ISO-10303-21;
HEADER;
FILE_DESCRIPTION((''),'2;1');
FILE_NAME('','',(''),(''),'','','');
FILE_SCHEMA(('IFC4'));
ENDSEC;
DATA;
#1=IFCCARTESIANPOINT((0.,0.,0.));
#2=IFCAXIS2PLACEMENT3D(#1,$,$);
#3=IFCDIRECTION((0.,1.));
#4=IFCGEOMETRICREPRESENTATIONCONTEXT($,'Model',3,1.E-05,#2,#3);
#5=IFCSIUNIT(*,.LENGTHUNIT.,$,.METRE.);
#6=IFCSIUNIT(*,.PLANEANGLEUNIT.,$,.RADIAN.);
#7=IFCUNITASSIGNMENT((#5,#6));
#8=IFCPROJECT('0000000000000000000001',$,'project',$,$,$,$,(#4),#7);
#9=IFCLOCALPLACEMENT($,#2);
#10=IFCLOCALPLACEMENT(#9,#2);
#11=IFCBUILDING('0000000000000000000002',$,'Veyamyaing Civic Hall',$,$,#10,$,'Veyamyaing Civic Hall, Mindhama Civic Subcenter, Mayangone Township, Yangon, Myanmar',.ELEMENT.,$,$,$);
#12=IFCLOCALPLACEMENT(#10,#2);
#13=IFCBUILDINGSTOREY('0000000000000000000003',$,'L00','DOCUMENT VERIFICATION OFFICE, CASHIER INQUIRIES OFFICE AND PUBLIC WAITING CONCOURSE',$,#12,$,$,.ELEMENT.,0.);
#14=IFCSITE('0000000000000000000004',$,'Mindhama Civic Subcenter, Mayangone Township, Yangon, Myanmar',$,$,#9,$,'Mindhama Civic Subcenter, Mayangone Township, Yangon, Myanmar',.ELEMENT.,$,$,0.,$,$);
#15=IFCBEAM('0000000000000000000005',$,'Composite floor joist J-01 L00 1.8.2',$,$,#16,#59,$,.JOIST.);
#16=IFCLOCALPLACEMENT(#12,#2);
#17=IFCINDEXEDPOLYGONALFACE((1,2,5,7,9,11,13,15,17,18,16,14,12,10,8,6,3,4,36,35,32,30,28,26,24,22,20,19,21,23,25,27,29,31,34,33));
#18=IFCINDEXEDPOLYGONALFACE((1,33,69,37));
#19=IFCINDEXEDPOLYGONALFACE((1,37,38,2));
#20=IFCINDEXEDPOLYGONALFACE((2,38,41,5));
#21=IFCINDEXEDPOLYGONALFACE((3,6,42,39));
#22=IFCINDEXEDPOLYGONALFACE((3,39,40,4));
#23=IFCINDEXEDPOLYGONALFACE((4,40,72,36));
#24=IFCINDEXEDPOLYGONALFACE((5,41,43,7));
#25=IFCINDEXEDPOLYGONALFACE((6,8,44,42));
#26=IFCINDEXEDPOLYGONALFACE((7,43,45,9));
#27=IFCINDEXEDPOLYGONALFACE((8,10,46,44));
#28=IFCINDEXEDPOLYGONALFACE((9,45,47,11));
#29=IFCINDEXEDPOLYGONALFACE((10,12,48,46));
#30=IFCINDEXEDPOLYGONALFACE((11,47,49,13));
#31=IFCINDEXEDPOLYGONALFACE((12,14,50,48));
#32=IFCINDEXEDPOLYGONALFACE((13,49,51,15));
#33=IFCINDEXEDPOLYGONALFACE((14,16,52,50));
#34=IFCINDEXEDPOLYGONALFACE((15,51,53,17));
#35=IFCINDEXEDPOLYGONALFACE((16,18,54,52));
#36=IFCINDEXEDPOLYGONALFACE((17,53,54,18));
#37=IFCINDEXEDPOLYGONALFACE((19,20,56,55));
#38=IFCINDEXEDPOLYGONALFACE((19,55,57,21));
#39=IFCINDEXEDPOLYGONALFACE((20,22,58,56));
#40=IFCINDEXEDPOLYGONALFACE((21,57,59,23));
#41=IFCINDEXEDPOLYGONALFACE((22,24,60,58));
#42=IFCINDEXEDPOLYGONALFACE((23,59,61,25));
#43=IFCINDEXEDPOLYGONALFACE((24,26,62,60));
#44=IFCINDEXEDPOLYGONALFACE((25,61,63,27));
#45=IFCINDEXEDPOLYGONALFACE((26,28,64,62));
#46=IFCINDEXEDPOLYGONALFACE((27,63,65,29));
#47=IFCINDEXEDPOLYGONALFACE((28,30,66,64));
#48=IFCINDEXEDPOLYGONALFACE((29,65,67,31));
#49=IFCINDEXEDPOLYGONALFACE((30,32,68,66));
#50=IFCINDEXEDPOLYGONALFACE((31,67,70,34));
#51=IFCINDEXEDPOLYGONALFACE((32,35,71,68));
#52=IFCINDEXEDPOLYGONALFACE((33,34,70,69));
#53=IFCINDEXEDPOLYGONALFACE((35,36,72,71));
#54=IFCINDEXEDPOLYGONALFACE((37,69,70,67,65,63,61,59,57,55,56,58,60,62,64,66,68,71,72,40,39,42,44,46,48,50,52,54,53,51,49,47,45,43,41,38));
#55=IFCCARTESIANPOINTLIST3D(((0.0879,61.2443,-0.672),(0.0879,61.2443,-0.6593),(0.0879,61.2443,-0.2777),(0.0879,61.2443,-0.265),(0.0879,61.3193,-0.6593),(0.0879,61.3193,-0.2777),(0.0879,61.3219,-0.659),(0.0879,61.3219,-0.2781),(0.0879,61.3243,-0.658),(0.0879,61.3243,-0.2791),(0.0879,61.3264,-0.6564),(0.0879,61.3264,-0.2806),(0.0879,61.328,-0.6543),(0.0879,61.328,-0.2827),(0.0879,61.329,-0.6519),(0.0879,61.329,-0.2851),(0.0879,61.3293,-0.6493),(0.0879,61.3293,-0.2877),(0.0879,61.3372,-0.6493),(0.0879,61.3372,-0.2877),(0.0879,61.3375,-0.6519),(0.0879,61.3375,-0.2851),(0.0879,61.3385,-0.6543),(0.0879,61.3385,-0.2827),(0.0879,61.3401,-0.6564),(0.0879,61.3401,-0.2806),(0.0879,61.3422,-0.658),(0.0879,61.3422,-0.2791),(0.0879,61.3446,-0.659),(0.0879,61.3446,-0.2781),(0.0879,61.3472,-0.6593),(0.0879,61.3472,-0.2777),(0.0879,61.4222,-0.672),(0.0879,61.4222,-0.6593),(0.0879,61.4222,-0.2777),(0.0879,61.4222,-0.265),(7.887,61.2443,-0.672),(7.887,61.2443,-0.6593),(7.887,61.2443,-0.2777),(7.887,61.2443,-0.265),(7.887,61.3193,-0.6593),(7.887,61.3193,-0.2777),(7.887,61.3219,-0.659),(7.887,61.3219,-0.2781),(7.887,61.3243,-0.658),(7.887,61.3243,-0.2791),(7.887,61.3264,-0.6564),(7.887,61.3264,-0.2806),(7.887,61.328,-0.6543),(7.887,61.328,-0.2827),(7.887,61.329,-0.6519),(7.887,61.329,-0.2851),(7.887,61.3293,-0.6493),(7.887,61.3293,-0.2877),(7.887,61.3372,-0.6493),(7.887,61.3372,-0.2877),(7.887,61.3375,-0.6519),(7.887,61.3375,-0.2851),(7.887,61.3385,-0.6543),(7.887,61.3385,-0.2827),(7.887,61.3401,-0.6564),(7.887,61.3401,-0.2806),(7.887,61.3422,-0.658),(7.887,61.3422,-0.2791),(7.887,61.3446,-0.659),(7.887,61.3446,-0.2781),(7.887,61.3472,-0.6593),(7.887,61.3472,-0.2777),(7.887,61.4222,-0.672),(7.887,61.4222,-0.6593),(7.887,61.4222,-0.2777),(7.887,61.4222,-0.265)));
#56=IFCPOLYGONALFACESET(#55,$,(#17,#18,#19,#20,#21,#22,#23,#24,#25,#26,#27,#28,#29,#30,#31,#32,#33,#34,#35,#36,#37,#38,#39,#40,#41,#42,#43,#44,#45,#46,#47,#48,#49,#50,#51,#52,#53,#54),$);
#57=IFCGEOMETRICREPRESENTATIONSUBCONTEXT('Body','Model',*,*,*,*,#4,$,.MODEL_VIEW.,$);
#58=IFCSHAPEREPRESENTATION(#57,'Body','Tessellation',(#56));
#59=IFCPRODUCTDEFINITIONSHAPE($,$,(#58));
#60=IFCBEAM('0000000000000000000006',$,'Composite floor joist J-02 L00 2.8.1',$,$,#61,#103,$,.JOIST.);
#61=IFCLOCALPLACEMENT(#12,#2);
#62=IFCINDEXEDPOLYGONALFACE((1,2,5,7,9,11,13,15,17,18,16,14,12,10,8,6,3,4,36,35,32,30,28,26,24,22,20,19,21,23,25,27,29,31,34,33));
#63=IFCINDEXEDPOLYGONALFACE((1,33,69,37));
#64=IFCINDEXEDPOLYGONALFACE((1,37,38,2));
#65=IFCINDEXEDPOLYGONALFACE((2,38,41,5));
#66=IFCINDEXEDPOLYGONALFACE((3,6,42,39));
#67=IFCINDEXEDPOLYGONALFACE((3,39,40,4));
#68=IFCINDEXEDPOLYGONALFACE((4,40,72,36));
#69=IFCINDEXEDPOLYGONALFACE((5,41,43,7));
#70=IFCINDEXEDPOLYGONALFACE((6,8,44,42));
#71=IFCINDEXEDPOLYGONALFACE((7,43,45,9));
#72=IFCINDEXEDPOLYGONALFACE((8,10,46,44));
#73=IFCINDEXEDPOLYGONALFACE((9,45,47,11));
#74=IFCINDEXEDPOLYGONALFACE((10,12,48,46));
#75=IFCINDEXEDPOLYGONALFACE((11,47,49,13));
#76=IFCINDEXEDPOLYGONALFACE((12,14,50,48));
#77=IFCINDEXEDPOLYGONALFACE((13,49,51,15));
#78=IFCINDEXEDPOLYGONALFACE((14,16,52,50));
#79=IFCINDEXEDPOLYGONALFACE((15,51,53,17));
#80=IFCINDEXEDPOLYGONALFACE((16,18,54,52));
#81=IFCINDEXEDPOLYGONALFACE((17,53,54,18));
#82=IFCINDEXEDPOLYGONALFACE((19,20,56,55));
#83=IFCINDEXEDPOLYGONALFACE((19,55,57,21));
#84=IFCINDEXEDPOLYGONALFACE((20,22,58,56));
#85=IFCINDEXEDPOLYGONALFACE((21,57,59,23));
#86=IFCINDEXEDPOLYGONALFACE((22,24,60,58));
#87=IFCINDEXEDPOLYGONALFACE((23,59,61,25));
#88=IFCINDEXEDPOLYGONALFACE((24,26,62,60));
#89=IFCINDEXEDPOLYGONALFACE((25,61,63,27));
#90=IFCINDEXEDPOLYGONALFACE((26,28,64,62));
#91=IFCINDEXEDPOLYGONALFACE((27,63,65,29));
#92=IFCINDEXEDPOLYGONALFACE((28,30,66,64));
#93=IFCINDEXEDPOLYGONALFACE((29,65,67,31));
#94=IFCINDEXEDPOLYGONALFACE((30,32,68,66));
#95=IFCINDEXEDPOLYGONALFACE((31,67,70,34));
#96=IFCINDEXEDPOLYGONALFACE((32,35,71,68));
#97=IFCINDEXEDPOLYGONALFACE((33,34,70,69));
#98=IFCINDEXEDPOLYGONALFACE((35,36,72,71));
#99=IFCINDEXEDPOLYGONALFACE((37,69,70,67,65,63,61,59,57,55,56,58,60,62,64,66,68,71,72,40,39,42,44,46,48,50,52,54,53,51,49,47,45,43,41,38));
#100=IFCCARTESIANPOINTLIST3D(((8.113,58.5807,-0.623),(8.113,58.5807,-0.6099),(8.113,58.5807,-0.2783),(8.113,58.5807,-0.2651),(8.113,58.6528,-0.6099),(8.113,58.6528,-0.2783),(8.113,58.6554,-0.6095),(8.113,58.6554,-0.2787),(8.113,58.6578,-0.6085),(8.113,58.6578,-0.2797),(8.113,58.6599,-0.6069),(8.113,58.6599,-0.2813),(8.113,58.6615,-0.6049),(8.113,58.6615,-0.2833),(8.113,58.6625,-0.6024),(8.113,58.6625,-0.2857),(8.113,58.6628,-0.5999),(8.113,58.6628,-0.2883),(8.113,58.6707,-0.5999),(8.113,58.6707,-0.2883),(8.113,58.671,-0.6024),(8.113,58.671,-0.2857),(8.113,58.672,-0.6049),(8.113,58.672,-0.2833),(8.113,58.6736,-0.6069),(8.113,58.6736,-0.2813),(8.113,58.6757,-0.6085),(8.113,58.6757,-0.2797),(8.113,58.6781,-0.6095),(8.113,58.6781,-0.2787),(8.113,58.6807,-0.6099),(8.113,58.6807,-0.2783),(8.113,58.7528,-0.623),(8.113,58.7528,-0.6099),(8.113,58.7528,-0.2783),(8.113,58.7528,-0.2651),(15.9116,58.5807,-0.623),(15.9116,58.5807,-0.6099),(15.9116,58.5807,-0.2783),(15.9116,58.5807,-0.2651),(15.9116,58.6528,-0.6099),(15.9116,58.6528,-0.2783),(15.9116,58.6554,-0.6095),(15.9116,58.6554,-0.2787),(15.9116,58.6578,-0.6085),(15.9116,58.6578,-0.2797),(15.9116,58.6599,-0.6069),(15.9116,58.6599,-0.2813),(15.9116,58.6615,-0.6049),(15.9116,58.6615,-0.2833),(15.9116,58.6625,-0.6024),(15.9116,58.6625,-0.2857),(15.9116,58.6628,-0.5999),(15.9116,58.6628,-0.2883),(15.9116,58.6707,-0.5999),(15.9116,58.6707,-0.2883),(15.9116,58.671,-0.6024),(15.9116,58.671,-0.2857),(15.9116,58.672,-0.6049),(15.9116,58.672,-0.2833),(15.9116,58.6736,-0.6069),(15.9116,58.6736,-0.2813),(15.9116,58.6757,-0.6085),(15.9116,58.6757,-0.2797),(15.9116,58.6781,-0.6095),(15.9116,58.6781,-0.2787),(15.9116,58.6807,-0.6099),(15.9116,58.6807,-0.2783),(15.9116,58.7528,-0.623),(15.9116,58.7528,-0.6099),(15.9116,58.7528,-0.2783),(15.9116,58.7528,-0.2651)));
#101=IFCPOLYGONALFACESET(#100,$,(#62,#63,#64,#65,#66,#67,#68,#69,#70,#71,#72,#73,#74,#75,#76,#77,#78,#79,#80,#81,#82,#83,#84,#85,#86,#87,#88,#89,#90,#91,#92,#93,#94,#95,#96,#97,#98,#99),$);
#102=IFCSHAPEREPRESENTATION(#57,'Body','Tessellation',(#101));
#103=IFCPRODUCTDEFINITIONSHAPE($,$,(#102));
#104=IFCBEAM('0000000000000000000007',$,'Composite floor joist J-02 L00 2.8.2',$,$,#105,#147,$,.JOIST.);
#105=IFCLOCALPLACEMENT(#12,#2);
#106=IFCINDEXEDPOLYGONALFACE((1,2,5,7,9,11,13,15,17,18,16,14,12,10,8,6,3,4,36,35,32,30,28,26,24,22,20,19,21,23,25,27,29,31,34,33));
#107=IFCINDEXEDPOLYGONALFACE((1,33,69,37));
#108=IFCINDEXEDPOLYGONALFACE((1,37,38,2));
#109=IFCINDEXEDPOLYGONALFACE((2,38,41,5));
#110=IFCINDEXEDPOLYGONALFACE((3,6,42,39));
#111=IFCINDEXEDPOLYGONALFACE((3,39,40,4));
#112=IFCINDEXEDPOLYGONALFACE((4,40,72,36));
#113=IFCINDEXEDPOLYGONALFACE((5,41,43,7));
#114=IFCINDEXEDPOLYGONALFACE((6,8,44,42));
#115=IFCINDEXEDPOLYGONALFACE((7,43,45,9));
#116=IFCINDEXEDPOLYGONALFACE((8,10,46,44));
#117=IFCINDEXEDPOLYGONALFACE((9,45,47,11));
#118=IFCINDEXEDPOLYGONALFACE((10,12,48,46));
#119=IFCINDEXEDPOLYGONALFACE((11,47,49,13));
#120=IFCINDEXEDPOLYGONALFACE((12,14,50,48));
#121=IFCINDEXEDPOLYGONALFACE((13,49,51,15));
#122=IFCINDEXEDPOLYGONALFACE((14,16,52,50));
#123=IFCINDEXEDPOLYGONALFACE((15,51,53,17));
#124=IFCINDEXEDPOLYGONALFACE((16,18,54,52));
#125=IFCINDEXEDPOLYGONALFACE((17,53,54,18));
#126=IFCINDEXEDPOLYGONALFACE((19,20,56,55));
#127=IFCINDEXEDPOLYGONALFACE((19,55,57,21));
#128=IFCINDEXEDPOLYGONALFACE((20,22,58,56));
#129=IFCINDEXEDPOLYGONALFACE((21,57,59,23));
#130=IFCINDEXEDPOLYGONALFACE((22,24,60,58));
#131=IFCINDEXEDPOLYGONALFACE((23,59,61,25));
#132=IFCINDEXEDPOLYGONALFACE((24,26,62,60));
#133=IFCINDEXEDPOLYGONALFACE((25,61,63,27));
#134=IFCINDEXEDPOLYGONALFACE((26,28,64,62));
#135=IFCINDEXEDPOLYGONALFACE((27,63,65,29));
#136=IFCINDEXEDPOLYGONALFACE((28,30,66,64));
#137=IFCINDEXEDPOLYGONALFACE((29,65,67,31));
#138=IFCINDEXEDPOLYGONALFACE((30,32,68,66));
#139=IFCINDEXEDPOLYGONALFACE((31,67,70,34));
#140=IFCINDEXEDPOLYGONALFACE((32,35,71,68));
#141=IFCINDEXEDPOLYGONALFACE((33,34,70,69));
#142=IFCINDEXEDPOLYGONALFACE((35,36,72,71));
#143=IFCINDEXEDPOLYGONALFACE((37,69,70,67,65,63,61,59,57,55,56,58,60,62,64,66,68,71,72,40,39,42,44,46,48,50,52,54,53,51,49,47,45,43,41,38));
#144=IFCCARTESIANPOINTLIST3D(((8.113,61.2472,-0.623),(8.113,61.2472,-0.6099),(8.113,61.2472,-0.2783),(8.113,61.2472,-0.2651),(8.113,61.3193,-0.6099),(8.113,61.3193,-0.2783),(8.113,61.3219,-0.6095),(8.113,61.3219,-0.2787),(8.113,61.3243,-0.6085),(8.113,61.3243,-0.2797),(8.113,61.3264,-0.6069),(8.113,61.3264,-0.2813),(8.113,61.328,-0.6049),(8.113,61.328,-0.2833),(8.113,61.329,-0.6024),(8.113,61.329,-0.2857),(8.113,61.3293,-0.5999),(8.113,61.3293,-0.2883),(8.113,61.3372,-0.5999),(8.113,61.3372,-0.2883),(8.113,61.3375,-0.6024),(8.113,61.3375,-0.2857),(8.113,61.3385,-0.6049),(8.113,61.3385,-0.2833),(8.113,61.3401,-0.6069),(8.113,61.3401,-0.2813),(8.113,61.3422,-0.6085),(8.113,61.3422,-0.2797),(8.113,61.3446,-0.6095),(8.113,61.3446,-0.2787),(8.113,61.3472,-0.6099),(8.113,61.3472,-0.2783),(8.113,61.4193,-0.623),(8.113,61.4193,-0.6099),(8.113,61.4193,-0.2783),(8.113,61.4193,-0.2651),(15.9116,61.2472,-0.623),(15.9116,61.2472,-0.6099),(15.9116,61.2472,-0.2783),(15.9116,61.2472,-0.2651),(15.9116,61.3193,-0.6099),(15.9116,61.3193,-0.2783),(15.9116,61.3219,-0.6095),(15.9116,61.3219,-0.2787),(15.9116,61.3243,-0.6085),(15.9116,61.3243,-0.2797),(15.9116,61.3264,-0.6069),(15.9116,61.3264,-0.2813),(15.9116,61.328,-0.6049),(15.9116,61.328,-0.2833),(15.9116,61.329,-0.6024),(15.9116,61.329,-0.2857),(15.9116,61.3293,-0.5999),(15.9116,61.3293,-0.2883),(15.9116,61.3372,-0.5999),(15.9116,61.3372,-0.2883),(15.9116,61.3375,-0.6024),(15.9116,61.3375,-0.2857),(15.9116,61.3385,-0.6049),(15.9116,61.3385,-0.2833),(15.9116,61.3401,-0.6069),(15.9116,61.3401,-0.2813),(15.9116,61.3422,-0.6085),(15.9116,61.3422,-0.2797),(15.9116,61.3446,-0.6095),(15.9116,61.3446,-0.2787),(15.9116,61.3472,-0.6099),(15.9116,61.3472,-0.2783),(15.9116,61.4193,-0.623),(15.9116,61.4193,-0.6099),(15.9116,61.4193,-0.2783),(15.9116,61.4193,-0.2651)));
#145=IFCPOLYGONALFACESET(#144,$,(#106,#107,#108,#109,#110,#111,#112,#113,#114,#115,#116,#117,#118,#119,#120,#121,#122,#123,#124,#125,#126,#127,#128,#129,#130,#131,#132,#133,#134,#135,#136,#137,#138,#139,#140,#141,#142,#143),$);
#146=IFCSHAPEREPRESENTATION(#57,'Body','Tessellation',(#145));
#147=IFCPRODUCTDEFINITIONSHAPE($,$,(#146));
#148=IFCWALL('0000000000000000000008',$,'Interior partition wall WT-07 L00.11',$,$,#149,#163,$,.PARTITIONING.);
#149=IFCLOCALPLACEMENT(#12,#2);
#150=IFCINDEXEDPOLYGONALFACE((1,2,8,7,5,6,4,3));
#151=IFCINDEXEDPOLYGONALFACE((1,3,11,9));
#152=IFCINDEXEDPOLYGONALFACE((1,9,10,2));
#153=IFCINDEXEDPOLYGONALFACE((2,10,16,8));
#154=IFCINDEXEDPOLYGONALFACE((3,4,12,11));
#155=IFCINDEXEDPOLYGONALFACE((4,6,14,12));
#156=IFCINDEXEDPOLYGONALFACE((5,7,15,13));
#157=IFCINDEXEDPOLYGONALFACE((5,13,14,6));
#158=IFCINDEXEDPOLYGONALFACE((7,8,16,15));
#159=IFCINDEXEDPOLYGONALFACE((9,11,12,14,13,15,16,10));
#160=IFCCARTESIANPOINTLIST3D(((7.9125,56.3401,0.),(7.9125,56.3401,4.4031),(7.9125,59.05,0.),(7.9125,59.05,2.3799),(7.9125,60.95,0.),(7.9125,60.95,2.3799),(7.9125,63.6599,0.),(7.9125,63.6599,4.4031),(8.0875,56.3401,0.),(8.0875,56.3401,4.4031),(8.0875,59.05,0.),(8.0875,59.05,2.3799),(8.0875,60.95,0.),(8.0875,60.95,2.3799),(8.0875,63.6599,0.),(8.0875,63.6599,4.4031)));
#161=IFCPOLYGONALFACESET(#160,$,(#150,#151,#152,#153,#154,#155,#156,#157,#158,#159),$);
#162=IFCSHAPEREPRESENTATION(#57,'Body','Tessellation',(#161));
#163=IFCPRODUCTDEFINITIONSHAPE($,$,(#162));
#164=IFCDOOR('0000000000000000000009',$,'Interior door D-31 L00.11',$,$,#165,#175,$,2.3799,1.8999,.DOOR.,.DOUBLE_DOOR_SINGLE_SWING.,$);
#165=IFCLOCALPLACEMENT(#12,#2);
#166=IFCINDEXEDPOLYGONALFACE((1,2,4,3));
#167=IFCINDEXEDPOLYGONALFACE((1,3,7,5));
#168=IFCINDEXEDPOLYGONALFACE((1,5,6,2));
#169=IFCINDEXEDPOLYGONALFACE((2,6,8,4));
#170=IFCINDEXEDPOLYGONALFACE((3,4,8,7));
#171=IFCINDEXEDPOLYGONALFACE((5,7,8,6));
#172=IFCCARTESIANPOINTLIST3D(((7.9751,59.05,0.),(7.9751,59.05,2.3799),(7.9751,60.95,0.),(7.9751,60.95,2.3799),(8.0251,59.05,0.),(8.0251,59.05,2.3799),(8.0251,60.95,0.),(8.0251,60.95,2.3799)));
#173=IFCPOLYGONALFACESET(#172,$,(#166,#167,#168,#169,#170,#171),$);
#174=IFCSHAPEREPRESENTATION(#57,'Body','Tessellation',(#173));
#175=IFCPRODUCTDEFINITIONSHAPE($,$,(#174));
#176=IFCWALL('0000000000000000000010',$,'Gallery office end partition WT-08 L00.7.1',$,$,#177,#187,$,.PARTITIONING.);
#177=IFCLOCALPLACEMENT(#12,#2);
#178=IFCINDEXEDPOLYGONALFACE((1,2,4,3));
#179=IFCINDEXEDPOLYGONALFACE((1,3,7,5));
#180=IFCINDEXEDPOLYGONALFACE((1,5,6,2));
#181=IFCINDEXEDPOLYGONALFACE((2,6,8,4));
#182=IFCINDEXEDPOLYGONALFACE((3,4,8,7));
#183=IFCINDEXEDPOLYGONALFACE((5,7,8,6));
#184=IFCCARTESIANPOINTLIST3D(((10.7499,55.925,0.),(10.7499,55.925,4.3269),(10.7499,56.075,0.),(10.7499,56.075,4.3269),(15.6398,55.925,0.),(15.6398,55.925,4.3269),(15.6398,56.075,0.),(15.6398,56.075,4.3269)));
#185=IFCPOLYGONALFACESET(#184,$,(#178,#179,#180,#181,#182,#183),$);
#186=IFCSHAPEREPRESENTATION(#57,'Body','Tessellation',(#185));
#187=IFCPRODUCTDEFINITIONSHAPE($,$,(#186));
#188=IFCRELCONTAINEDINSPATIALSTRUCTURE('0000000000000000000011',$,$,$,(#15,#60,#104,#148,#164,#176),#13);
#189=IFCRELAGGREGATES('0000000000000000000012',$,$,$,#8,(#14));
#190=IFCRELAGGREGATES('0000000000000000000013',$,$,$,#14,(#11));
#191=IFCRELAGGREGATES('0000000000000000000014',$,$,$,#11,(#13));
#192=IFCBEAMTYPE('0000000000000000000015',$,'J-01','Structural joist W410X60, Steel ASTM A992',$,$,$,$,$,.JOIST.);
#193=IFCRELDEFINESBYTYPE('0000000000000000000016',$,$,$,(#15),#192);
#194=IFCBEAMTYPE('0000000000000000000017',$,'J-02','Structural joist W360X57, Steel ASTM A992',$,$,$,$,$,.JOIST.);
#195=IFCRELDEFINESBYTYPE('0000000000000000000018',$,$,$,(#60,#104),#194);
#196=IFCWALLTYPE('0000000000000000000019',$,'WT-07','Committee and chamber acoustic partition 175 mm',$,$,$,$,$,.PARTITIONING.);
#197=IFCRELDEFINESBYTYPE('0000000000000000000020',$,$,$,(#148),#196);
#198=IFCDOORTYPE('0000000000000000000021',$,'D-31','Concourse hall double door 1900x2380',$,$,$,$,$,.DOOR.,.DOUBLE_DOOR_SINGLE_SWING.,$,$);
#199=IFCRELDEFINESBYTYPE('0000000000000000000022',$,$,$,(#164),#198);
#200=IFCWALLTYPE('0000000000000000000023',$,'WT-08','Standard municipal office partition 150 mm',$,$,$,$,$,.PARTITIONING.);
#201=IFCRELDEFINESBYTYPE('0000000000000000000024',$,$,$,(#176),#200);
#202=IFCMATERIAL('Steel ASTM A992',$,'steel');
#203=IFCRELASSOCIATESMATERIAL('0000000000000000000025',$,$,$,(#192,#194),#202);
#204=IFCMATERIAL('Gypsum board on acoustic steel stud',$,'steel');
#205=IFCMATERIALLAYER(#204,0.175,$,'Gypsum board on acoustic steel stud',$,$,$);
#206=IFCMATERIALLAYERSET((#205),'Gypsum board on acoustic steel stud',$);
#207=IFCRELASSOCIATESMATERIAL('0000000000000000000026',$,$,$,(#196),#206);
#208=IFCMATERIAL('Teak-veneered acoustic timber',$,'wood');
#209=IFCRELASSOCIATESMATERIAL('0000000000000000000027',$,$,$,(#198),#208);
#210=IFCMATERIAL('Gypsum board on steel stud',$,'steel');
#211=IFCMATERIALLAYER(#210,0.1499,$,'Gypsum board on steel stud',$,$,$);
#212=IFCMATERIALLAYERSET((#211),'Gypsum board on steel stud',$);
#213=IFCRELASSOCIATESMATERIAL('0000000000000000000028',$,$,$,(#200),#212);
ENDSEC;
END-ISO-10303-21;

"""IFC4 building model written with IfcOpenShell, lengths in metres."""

from ifc_helpers import new_model, si_unit, direction, frame, frame_2d, origin, origin_2d, place, context, subcontext, project, spatial, rectangle, i_section, extrude, material, layer, layer_set, material_profile, profile_set, type_object, element, fill, save


model = new_model("IFC4")

# Units and contexts
model_context = context("Model", 3, precision=1e-05, world=origin(), true_north=direction((0.0, 1.0)))
body_context = subcontext(model_context, "Body", "Model", "MODEL_VIEW")
ifc_project = project(units=[si_unit("LENGTHUNIT", "METRE"), si_unit("PLANEANGLEUNIT", "RADIAN")], contexts=[model_context])

# Site, building, storey
site_placement = place(None, origin())
site = spatial("IfcSite", under=ifc_project, at=site_placement, Name="Mindhama Civic Subcenter, Mayangone Township, Yangon, Myanmar", LongName="Mindhama Civic Subcenter, Mayangone Township, Yangon, Myanmar", CompositionType="ELEMENT", RefElevation=0.0)
building_placement = place(site_placement, origin())
building = spatial("IfcBuilding", under=site, at=building_placement, Name="Veyamyaing Civic Hall", LongName="Veyamyaing Civic Hall, Mindhama Civic Subcenter, Mayangone Township, Yangon, Myanmar", CompositionType="ELEMENT")
storey_placement = place(building_placement, origin())
storey = spatial("IfcBuildingStorey", under=building, at=storey_placement, Name="L00", Description="DOCUMENT VERIFICATION OFFICE, CASHIER INQUIRIES OFFICE AND PUBLIC WAITING CONCOURSE", CompositionType="ELEMENT", Elevation=0.0)

# Beams
ifc_material_1 = material(Name="Steel ASTM A992", Category="steel")
ifc_material_profile_1 = material_profile(ifc_material_1, i_section(OverallWidth=0.178, OverallDepth=0.407, WebThickness=0.0078, FlangeThickness=0.0127, FilletRadius=0.01, at=origin_2d()), Name="W410X60")
ifc_profile_set_1 = profile_set([ifc_material_profile_1], Name="Steel ASTM A992")
beam_type_1 = type_object("IfcBeamType", Name="J-01", Description="Structural joist W410X60, Steel ASTM A992", PredefinedType="JOIST", material=ifc_profile_set_1)
beam_1_placement = place(storey_placement, frame((0.0879, 61.3333, -0.4685), z_axis=(1.0, 0.0, 0.0), x_axis=(0.0, 1.0, 0.0)))
element("IfcBeam", 1, at=beam_1_placement, inside=storey, type_object=beam_type_1, Name="Composite floor joist J-01 L00 1.8.2", PredefinedType="JOIST", context=body_context, shape_type="SweptSolid", body=[
    extrude(i_section(OverallWidth=0.178, OverallDepth=0.407, WebThickness=0.0078, FlangeThickness=0.0127, FilletRadius=0.01, at=origin_2d()), origin(), (0.0, 0.0, 1.0), 7.7991),
])
ifc_material_profile_2 = material_profile(ifc_material_1, i_section(OverallWidth=0.1721, OverallDepth=0.3579, WebThickness=0.0078, FlangeThickness=0.0132, FilletRadius=0.01, at=origin_2d()), Name="W360X57")
ifc_profile_set_2 = profile_set([ifc_material_profile_2], Name="Steel ASTM A992")
beam_type_2 = type_object("IfcBeamType", Name="J-02", Description="Structural joist W360X57, Steel ASTM A992", PredefinedType="JOIST", material=ifc_profile_set_2)
for number, where, z_axis, x_axis, name in (
    (2, (8.113, 58.6667, -0.4441), (1.0, 0.0, 0.0), (0.0, 1.0, 0.0), "Composite floor joist J-02 L00 2.8.1"),
    (3, (8.113, 61.3333, -0.4441), (1.0, 0.0, 0.0), (0.0, 1.0, 0.0), "Composite floor joist J-02 L00 2.8.2"),
):
    element("IfcBeam", number, at=place(storey_placement, frame(where, z_axis=z_axis, x_axis=x_axis)), inside=storey, type_object=beam_type_2, Name=name, PredefinedType="JOIST", context=body_context, shape_type="SweptSolid", body=[
        extrude(i_section(OverallWidth=0.1721, OverallDepth=0.3579, WebThickness=0.0078, FlangeThickness=0.0132, FilletRadius=0.01, at=origin_2d()), origin(), (0.0, 0.0, 1.0), 7.7986),
    ])

# Wall, opening, door
ifc_material_2 = material(Name="Gypsum board on acoustic steel stud", Category="steel")
ifc_layer_1 = layer(ifc_material_2, 0.175, Name="Gypsum board on acoustic steel stud")
ifc_layer_set_1 = layer_set([ifc_layer_1], Name="Gypsum board on acoustic steel stud")
wall_type_1 = type_object("IfcWallType", Name="WT-07", Description="Committee and chamber acoustic partition 175 mm", PredefinedType="PARTITIONING", material=ifc_layer_set_1)
wall_1_placement = place(storey_placement, frame((8.0, 56.3401, 0.0), z_axis=(0.0, 0.0, 1.0), x_axis=(0.0, 1.0, 0.0)))
wall_1 = element("IfcWall", 4, at=wall_1_placement, inside=storey, type_object=wall_type_1, Name="Interior partition wall WT-07 L00.11", PredefinedType="PARTITIONING", context=body_context, shape_type="SweptSolid", body=[
    extrude(rectangle(XDim=7.3198, YDim=0.175, at=frame_2d((3.6599, 0.0))), origin(), (0.0, 0.0, 1.0), 4.4031),
])
opening_1_placement = place(wall_1_placement, frame((2.71, 0.0, 0.0)))
opening_1 = element("IfcOpeningElement", 5, at=opening_1_placement, cuts=wall_1, PredefinedType="OPENING", context=body_context, shape_type="SweptSolid", body=[
    extrude(rectangle(XDim=1.8999, YDim=2.3799, at=frame_2d((0.95, 1.1899))), frame((0.0, 0.0974, 0.0), z_axis=(0.0, -1.0, 0.0), x_axis=(1.0, 0.0, 0.0)), (0.0, 0.0, 1.0), 0.1951),
])
ifc_material_3 = material(Name="Teak-veneered acoustic timber", Category="wood")
door_type_1 = type_object("IfcDoorType", Name="D-31", Description="Concourse hall double door 1900x2380", OperationType="DOUBLE_DOOR_SINGLE_SWING", PredefinedType="DOOR", material=ifc_material_3)
door_1_placement = place(opening_1_placement, origin())
door_1 = element("IfcDoor", 6, at=door_1_placement, inside=storey, type_object=door_type_1, Name="Interior door D-31 L00.11", OperationType="DOUBLE_DOOR_SINGLE_SWING", OverallHeight=2.3799, OverallWidth=1.8999, PredefinedType="DOOR", context=body_context, shape_type="SweptSolid", body=[
    extrude(rectangle(XDim=1.8999, YDim=2.3799, at=frame_2d((0.95, 1.1899))), frame((0.0, 0.0249, 0.0), z_axis=(0.0, -1.0, 0.0), x_axis=(1.0, 0.0, 0.0)), (0.0, 0.0, 1.0), 0.05),
])
fill(opening_1, door_1)

# Wall
ifc_material_4 = material(Name="Gypsum board on steel stud", Category="steel")
ifc_layer_2 = layer(ifc_material_4, 0.1499, Name="Gypsum board on steel stud")
ifc_layer_set_2 = layer_set([ifc_layer_2], Name="Gypsum board on steel stud")
wall_type_2 = type_object("IfcWallType", Name="WT-08", Description="Standard municipal office partition 150 mm", PredefinedType="PARTITIONING", material=ifc_layer_set_2)
wall_2_placement = place(storey_placement, frame((10.75, 56.0, 0.0), z_axis=(0.0, 0.0, 1.0), x_axis=(1.0, 0.0, 0.0)))
element("IfcWall", 7, at=wall_2_placement, inside=storey, type_object=wall_type_2, Name="Gallery office end partition WT-08 L00.7.1", PredefinedType="PARTITIONING", context=body_context, shape_type="SweptSolid", body=[
    extrude(rectangle(XDim=4.8899, YDim=0.1499, at=frame_2d((2.4448, 0.0))), origin(), (0.0, 0.0, 1.0), 4.3269),
])

save(model, "model.ifc")
